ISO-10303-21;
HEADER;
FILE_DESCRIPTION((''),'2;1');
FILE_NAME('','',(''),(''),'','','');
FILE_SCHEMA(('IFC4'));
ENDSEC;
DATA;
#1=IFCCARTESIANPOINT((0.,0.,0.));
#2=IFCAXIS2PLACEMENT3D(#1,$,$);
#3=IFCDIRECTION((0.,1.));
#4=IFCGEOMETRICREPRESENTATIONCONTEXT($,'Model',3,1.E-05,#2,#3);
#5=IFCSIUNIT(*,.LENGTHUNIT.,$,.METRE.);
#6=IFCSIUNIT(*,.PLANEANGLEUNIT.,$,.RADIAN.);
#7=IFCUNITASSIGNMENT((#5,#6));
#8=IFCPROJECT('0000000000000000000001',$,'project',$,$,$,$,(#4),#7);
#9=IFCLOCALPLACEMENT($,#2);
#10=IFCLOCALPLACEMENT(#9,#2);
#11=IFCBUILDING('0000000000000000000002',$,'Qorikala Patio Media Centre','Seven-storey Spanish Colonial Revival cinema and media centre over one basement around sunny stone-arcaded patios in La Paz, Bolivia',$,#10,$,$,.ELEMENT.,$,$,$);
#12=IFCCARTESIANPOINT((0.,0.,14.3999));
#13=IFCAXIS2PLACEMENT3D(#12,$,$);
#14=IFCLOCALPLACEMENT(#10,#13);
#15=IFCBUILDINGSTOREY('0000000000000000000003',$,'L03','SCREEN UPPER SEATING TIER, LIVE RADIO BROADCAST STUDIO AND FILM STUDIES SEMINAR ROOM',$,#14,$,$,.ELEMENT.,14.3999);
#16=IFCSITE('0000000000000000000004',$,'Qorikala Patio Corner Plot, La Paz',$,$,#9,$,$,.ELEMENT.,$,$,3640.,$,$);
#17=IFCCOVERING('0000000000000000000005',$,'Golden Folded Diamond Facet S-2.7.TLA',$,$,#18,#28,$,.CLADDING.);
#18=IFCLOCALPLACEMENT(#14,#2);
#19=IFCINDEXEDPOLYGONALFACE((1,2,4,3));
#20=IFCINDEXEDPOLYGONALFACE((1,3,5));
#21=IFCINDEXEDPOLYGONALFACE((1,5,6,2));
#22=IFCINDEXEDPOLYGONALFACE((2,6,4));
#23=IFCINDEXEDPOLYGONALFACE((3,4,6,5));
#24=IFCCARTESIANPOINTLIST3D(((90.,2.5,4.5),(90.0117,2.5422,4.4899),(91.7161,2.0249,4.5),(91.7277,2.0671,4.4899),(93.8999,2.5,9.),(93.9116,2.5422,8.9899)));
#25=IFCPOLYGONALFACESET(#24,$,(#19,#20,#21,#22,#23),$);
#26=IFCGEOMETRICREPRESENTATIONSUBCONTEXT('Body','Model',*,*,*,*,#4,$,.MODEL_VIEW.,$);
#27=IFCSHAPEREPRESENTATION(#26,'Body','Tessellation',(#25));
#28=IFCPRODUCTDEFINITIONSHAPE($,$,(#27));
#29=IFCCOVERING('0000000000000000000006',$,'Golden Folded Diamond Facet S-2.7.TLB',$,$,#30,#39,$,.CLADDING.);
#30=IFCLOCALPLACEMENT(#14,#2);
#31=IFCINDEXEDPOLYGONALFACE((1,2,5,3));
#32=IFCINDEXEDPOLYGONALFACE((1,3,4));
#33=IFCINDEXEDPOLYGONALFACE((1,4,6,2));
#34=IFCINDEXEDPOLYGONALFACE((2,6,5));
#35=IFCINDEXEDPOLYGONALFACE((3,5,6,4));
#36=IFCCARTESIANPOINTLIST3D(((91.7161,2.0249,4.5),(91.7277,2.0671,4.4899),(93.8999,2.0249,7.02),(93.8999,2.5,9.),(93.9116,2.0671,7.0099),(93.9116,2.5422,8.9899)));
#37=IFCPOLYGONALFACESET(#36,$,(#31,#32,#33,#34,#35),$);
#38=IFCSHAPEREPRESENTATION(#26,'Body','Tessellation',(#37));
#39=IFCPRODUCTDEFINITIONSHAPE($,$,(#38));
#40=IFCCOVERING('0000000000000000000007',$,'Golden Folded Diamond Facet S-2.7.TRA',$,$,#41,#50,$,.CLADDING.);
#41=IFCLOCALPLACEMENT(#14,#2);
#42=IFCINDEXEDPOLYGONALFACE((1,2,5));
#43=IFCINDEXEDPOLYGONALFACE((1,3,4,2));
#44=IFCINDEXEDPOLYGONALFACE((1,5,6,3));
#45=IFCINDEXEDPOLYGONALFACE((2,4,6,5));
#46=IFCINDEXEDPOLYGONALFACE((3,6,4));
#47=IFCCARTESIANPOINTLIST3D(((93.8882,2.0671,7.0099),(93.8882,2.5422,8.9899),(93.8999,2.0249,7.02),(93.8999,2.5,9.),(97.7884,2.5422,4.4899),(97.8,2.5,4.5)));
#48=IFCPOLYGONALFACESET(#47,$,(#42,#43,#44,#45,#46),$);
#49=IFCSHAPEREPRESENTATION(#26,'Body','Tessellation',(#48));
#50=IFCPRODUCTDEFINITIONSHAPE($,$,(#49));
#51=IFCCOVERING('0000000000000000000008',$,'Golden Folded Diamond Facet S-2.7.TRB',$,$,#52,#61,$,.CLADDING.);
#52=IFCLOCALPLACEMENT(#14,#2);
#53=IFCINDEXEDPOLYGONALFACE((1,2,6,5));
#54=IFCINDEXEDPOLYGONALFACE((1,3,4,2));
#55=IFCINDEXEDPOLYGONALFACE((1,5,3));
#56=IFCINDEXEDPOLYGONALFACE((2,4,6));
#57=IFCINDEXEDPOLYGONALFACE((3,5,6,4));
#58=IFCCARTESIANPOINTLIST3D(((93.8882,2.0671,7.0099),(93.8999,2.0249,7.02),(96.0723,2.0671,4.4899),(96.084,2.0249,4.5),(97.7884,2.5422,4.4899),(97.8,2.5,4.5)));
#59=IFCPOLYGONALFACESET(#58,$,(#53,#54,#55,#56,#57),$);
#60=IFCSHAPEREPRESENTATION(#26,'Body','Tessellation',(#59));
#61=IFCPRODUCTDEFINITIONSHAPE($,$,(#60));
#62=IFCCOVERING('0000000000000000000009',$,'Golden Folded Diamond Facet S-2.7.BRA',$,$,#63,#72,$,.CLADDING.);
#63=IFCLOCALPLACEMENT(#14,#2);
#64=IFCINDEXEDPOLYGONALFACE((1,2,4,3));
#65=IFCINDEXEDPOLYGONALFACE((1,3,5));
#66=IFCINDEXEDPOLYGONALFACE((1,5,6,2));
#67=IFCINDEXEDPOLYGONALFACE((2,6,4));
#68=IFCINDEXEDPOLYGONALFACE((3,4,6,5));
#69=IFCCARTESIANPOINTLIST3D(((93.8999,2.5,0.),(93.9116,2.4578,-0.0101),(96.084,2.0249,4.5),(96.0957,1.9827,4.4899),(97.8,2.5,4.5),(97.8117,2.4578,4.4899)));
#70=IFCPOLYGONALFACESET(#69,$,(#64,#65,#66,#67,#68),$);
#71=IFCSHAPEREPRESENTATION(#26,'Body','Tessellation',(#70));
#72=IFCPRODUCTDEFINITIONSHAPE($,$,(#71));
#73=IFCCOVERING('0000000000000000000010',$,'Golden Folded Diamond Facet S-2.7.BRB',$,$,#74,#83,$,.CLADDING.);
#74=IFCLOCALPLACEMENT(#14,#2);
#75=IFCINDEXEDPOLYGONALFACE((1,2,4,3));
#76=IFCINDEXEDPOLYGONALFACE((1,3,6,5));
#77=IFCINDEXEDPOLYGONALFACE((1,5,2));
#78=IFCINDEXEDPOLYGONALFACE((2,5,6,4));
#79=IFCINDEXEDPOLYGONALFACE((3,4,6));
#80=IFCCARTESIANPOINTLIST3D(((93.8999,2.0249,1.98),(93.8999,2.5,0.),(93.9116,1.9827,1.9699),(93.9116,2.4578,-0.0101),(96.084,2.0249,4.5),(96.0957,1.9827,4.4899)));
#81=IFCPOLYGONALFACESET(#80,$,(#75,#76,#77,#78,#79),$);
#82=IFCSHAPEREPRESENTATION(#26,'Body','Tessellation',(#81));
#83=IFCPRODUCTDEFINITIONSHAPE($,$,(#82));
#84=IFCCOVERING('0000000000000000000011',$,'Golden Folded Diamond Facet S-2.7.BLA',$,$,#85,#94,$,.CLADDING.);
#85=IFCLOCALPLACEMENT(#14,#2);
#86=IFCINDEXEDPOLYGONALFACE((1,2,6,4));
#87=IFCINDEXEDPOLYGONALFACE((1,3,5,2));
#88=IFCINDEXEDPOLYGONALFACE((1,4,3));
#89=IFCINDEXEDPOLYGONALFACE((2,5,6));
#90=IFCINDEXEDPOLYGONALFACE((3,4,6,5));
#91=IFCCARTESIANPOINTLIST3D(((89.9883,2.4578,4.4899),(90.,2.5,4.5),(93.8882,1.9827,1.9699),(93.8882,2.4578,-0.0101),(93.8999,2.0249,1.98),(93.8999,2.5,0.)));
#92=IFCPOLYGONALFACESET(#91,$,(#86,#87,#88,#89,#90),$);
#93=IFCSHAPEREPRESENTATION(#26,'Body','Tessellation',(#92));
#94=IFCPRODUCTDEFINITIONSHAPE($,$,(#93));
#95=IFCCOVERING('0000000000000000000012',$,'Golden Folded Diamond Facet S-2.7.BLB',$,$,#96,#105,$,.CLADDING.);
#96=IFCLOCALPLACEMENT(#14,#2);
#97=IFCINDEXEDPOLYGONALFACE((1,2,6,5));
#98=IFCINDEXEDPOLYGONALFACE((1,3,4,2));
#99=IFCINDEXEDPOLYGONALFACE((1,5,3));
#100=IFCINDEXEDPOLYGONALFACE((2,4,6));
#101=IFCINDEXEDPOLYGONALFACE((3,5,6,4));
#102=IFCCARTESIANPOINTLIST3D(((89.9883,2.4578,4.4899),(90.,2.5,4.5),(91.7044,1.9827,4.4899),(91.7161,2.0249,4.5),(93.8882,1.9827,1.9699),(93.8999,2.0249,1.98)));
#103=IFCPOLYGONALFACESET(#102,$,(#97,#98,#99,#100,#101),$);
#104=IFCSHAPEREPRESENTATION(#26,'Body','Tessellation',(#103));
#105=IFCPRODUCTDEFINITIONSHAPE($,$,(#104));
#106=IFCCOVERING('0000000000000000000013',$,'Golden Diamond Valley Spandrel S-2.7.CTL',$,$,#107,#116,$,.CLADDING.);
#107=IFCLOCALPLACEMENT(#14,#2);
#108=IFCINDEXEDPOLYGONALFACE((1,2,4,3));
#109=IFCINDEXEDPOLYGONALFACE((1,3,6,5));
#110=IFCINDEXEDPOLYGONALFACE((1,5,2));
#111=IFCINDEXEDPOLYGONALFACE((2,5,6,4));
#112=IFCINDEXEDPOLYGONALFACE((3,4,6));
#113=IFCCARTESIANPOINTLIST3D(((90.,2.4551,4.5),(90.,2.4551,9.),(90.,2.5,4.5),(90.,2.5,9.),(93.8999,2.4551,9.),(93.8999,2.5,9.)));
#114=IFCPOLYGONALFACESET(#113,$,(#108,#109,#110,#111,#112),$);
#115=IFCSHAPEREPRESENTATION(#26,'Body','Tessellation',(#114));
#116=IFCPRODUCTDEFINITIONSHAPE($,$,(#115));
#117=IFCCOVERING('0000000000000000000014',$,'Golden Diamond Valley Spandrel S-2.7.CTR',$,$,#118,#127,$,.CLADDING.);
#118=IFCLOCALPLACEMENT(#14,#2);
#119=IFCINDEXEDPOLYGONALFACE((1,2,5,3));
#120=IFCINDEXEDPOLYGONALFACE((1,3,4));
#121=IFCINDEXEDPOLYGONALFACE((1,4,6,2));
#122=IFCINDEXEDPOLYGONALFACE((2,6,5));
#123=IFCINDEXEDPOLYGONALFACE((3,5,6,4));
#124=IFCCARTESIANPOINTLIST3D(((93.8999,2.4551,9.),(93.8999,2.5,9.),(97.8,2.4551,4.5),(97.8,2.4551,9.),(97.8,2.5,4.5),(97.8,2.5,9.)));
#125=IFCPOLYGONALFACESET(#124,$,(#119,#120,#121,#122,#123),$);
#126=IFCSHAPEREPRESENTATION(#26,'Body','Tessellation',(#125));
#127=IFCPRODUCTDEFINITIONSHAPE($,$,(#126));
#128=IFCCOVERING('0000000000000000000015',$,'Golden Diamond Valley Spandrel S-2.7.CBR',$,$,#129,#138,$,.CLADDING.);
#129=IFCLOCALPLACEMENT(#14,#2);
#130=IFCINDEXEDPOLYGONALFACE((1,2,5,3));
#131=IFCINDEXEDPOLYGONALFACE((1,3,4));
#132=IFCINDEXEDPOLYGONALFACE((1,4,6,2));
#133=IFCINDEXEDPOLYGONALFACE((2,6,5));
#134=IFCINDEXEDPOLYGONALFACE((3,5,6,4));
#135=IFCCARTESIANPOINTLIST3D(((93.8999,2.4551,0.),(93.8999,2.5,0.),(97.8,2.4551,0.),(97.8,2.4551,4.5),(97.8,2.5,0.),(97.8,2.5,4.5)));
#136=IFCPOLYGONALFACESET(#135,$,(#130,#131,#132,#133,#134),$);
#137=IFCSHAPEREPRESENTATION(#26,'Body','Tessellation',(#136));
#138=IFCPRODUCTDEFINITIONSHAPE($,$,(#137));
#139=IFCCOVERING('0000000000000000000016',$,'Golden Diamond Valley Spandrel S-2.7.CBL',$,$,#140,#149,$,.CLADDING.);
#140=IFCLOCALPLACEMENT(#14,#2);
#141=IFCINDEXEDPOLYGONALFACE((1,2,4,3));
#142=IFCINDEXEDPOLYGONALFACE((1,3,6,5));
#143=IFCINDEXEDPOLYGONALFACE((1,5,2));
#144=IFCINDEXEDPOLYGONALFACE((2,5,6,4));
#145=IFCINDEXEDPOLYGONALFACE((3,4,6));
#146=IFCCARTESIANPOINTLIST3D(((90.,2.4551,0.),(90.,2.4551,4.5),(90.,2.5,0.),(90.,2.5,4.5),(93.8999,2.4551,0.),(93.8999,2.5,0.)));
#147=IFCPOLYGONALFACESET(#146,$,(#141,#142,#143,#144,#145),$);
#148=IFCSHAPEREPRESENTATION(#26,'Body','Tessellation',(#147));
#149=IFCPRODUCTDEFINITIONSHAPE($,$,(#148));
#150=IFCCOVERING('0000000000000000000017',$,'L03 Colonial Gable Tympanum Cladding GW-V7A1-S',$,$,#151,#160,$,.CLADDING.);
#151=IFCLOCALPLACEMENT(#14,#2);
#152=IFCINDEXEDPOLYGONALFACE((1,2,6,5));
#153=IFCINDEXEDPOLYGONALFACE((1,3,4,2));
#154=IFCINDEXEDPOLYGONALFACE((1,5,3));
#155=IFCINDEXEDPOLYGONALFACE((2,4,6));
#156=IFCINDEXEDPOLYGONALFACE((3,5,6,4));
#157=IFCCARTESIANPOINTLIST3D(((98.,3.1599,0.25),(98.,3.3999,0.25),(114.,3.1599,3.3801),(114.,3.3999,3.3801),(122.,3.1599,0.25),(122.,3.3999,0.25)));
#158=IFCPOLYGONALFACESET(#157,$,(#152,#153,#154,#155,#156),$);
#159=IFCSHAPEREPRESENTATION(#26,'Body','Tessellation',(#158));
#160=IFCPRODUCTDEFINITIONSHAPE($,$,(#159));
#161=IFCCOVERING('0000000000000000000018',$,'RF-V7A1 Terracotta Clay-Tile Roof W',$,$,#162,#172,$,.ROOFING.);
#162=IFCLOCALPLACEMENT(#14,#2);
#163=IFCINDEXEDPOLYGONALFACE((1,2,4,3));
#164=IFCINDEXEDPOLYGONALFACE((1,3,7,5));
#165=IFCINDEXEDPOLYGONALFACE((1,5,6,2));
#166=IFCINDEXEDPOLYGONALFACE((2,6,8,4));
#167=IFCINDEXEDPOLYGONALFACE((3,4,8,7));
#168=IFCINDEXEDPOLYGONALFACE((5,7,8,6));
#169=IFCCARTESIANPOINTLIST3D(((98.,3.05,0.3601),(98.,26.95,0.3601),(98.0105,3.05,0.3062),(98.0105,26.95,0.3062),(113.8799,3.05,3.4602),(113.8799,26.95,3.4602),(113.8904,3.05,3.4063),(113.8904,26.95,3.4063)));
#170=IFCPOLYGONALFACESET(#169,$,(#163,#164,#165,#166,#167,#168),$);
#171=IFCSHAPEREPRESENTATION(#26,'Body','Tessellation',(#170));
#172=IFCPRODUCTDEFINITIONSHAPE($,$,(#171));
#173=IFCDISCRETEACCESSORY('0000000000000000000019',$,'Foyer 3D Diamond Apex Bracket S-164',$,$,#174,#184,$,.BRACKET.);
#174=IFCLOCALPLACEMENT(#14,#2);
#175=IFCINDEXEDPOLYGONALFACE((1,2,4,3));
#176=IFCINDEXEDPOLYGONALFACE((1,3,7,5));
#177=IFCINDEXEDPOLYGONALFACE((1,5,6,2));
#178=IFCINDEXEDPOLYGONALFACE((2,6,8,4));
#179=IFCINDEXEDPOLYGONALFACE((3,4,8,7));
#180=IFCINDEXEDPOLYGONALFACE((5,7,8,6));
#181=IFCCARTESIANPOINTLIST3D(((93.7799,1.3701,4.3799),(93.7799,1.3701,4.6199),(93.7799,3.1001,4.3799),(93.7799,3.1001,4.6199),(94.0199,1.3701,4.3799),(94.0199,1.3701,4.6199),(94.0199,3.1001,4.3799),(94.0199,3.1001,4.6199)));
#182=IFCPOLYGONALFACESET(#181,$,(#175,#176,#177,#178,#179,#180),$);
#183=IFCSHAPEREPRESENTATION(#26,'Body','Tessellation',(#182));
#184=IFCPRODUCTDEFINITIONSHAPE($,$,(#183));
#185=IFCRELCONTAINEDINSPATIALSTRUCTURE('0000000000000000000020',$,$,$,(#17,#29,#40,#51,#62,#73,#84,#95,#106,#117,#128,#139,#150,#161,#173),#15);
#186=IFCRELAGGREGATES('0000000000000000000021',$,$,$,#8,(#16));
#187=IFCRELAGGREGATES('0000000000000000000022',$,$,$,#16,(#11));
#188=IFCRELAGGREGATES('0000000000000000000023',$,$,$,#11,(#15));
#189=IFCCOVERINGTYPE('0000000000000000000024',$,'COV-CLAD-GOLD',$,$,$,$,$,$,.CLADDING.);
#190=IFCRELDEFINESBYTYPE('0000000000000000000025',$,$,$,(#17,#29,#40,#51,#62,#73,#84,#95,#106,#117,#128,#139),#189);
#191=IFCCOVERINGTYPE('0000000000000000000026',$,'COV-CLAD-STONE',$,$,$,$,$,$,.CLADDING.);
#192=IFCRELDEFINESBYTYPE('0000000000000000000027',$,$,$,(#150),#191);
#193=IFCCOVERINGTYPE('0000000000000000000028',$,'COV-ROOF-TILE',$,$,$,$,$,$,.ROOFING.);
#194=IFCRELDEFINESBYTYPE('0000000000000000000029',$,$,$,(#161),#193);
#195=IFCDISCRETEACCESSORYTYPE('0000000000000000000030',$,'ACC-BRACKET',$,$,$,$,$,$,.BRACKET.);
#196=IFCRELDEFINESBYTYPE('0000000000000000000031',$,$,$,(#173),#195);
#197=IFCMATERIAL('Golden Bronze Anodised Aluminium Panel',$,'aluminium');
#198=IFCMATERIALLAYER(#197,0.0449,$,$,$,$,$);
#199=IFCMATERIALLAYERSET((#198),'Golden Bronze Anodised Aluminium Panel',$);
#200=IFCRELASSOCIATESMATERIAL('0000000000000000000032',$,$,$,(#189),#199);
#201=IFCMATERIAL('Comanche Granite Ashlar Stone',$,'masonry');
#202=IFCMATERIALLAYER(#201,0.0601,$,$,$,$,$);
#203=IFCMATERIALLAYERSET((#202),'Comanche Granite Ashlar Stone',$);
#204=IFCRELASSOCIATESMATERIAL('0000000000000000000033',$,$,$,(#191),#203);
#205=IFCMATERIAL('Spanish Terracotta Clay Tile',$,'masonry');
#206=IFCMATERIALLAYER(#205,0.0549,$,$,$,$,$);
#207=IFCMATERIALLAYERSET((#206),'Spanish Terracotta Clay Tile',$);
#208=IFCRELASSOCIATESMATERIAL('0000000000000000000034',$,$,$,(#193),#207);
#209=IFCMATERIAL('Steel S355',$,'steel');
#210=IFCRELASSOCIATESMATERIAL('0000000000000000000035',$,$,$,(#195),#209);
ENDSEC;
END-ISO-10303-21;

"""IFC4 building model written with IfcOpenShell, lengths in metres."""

from ifc_helpers import new_model, si_unit, direction, frame, origin, origin_2d, place, context, subcontext, project, spatial, polyline, rectangle, outline, extrude, material, layer, layer_set, type_object, element, save


model = new_model("IFC4")

# Units and contexts
model_context = context("Model", 3, precision=1e-05, world=origin(), true_north=direction((0.0, 1.0)))
body_context = subcontext(model_context, "Body", "Model", "MODEL_VIEW")
ifc_project = project(units=[si_unit("LENGTHUNIT", "METRE"), si_unit("PLANEANGLEUNIT", "RADIAN")], contexts=[model_context])

# Site, building, storey
site_placement = place(None, origin())
site = spatial("IfcSite", under=ifc_project, at=site_placement, Name="Qorikala Patio Corner Plot, La Paz", CompositionType="ELEMENT", RefElevation=3640.0)
building_placement = place(site_placement, origin())
building = spatial("IfcBuilding", under=site, at=building_placement, Name="Qorikala Patio Media Centre", Description="Seven-storey Spanish Colonial Revival cinema and media centre over one basement around sunny stone-arcaded patios in La Paz, Bolivia", CompositionType="ELEMENT")
storey_placement = place(building_placement, frame((0.0, 0.0, 14.3999)))
storey = spatial("IfcBuildingStorey", under=building, at=storey_placement, Name="L03", Description="SCREEN UPPER SEATING TIER, LIVE RADIO BROADCAST STUDIO AND FILM STUDIES SEMINAR ROOM", CompositionType="ELEMENT", Elevation=14.3999)

# Shared definitions
ifc_material_1 = material(Name="Steel S355", Category="steel")

# Coverings
ifc_material_2 = material(Name="Golden Bronze Anodised Aluminium Panel", Category="aluminium")
ifc_layer_1 = layer(ifc_material_2, 0.0449)
ifc_layer_set_1 = layer_set([ifc_layer_1], Name="Golden Bronze Anodised Aluminium Panel")
covering_type_1 = type_object("IfcCoveringType", Name="COV-CLAD-GOLD", PredefinedType="CLADDING", material=ifc_layer_set_1)
covering_1_placement = place(storey_placement, frame((93.8999, 2.5, 9.0), z_axis=(-0.259957, -0.938971, 0.22529), x_axis=(-0.654921, 0.0, -0.755697)))
element("IfcCovering", 1, at=covering_1_placement, inside=storey, type_object=covering_type_1, Name="Golden Folded Diamond Facet S-2.7.TLA", PredefinedType="CLADDING", context=body_context, shape_type="SweptSolid", body=[
    extrude(outline(polyline([(0.0, 0.0), (5.9548, 0.0), (4.8309, 1.3811), (0.0, 0.0)])), origin(), (0.0, 0.0, -1.0), 0.0449),
])
covering_2_placement = place(storey_placement, frame((93.8999, 2.5, 9.0), z_axis=(-0.259987, -0.938959, 0.225304), x_axis=(-0.434644, -0.094558, -0.895625)))
element("IfcCovering", 2, at=covering_2_placement, inside=storey, type_object=covering_type_1, Name="Golden Folded Diamond Facet S-2.7.TLB", PredefinedType="CLADDING", context=body_context, shape_type="SweptSolid", body=[
    extrude(outline(polyline([(0.0, 0.0), (5.0244, 0.0), (1.8182, 0.9165), (0.0, 0.0)])), origin(), (0.0, 0.0, -1.0), 0.0449),
])
covering_3_placement = place(storey_placement, frame((97.8, 2.5, 4.5), z_axis=(0.259958, -0.938967, 0.225306), x_axis=(-0.654945, 0.0, 0.755677)))
element("IfcCovering", 3, at=covering_3_placement, inside=storey, type_object=covering_type_1, Name="Golden Folded Diamond Facet S-2.7.TRA", PredefinedType="CLADDING", context=body_context, shape_type="SweptSolid", body=[
    extrude(outline(polyline([(0.0, 0.0), (5.9549, 0.0), (4.4587, 1.3811), (0.0, 0.0)])), origin(), (0.0, 0.0, -1.0), 0.0449),
])
covering_4_placement = place(storey_placement, frame((97.8, 2.5, 4.5), z_axis=(0.259956, -0.938968, 0.225302), x_axis=(-0.835562, -0.101784, 0.539885)))
element("IfcCovering", 4, at=covering_4_placement, inside=storey, type_object=covering_type_1, Name="Golden Folded Diamond Facet S-2.7.TRB", PredefinedType="CLADDING", context=body_context, shape_type="SweptSolid", body=[
    extrude(outline(polyline([(0.0, 0.0), (4.6677, 0.0), (1.4822, 0.9867), (0.0, 0.0)])), origin(), (0.0, 0.0, -1.0), 0.0449),
])
covering_5_placement = place(storey_placement, frame((93.8999, 2.5, 0.0), z_axis=(-0.259956, 0.938968, 0.225304), x_axis=(0.654945, 0.0, 0.755677)))
element("IfcCovering", 5, at=covering_5_placement, inside=storey, type_object=covering_type_1, Name="Golden Folded Diamond Facet S-2.7.BRA", PredefinedType="CLADDING", context=body_context, shape_type="SweptSolid", body=[
    extrude(outline(polyline([(0.0, 0.0), (5.9549, 0.0), (4.831, -1.3811), (0.0, 0.0)])), origin(), (0.0, 0.0, -1.0), 0.0449),
])
covering_6_placement = place(storey_placement, frame((93.8999, 2.5, 0.0), z_axis=(-0.25996, 0.938966, 0.225306), x_axis=(0.434684, -0.094556, 0.895606)))
element("IfcCovering", 6, at=covering_6_placement, inside=storey, type_object=covering_type_1, Name="Golden Folded Diamond Facet S-2.7.BRB", PredefinedType="CLADDING", context=body_context, shape_type="SweptSolid", body=[
    extrude(outline(polyline([(0.0, 0.0), (5.0245, 0.0), (1.8182, -0.9166), (0.0, 0.0)])), origin(), (0.0, 0.0, -1.0), 0.0449),
])
covering_7_placement = place(storey_placement, frame((90.0, 2.5, 4.5), z_axis=(0.259974, 0.938963, 0.225305), x_axis=(0.654921, 0.0, -0.755697)))
element("IfcCovering", 7, at=covering_7_placement, inside=storey, type_object=covering_type_1, Name="Golden Folded Diamond Facet S-2.7.BLA", PredefinedType="CLADDING", context=body_context, shape_type="SweptSolid", body=[
    extrude(outline(polyline([(0.0, 0.0), (5.9548, 0.0), (4.4585, -1.381), (0.0, 0.0)])), origin(), (0.0, 0.0, -1.0), 0.0449),
])
covering_8_placement = place(storey_placement, frame((90.0, 2.5, 4.5), z_axis=(0.259958, 0.938974, 0.225278), x_axis=(0.835546, -0.101789, -0.539909)))
element("IfcCovering", 8, at=covering_8_placement, inside=storey, type_object=covering_type_1, Name="Golden Folded Diamond Facet S-2.7.BLB", PredefinedType="CLADDING", context=body_context, shape_type="SweptSolid", body=[
    extrude(outline(polyline([(0.0, 0.0), (4.6675, 0.0), (1.4822, -0.9867), (0.0, 0.0)])), origin(), (0.0, 0.0, -1.0), 0.0449),
])
covering_9_placement = place(storey_placement, frame((90.0, 2.5, 9.0), z_axis=(0.0, 1.0, 0.0), x_axis=(1.0, 0.0, 0.0)))
element("IfcCovering", 9, at=covering_9_placement, inside=storey, type_object=covering_type_1, Name="Golden Diamond Valley Spandrel S-2.7.CTL", PredefinedType="CLADDING", context=body_context, shape_type="SweptSolid", body=[
    extrude(outline(polyline([(0.0, 0.0), (3.8999, 0.0), (0.0, 4.5), (0.0, 0.0)])), origin(), (0.0, 0.0, -1.0), 0.0449),
])
covering_10_placement = place(storey_placement, frame((97.8, 2.5, 9.0), z_axis=(0.0, 1.0, 0.0), x_axis=(0.0, 0.0, -1.0)))
element("IfcCovering", 10, at=covering_10_placement, inside=storey, type_object=covering_type_1, Name="Golden Diamond Valley Spandrel S-2.7.CTR", PredefinedType="CLADDING", context=body_context, shape_type="SweptSolid", body=[
    extrude(outline(polyline([(0.0, 0.0), (4.5, 0.0), (0.0, 3.9001), (0.0, 0.0)])), origin(), (0.0, 0.0, -1.0), 0.0449),
])
covering_11_placement = place(storey_placement, frame((97.8, 2.5, 0.0), z_axis=(0.0, 1.0, 0.0), x_axis=(-1.0, 0.0, 0.0)))
element("IfcCovering", 11, at=covering_11_placement, inside=storey, type_object=covering_type_1, Name="Golden Diamond Valley Spandrel S-2.7.CBR", PredefinedType="CLADDING", context=body_context, shape_type="SweptSolid", body=[
    extrude(outline(polyline([(0.0, 0.0), (3.9001, 0.0), (0.0, 4.5), (0.0, 0.0)])), origin(), (0.0, 0.0, -1.0), 0.0449),
])
covering_12_placement = place(storey_placement, frame((90.0, 2.5, 0.0), z_axis=(0.0, 1.0, 0.0), x_axis=(0.0, 0.0, 1.0)))
element("IfcCovering", 12, at=covering_12_placement, inside=storey, type_object=covering_type_1, Name="Golden Diamond Valley Spandrel S-2.7.CBL", PredefinedType="CLADDING", context=body_context, shape_type="SweptSolid", body=[
    extrude(outline(polyline([(0.0, 0.0), (4.5, 0.0), (0.0, 3.8999), (0.0, 0.0)])), origin(), (0.0, 0.0, -1.0), 0.0449),
])
ifc_material_3 = material(Name="Comanche Granite Ashlar Stone", Category="masonry")
ifc_layer_2 = layer(ifc_material_3, 0.0601)
ifc_layer_set_2 = layer_set([ifc_layer_2], Name="Comanche Granite Ashlar Stone")
covering_type_2 = type_object("IfcCoveringType", Name="COV-CLAD-STONE", PredefinedType="CLADDING", material=ifc_layer_set_2)
covering_13_placement = place(storey_placement, frame((98.0, 3.1599, 0.25), z_axis=(0.0, -1.0, 0.0), x_axis=(1.0, 0.0, 0.0)))
element("IfcCovering", 13, at=covering_13_placement, inside=storey, type_object=covering_type_2, Name="L03 Colonial Gable Tympanum Cladding GW-V7A1-S", PredefinedType="CLADDING", context=body_context, shape_type="SweptSolid", body=[
    extrude(outline(polyline([(0.0, 0.0), (24.0, 0.0), (16.0, 3.1301), (0.0, 0.0)])), origin(), (0.0, 0.0, -1.0), 0.24),
])
ifc_material_4 = material(Name="Spanish Terracotta Clay Tile", Category="masonry")
ifc_layer_3 = layer(ifc_material_4, 0.0549)
ifc_layer_set_3 = layer_set([ifc_layer_3], Name="Spanish Terracotta Clay Tile")
covering_type_3 = type_object("IfcCoveringType", Name="COV-ROOF-TILE", PredefinedType="ROOFING", material=ifc_layer_set_3)
covering_14_placement = place(storey_placement, frame((98.0, 3.05, 0.3601), z_axis=(-0.191605, 0.0, 0.981472), x_axis=(0.981472, 0.0, 0.191605)))
element("IfcCovering", 14, at=covering_14_placement, inside=storey, type_object=covering_type_3, Name="RF-V7A1 Terracotta Clay-Tile Roof W", PredefinedType="ROOFING", context=body_context, shape_type="SweptSolid", body=[
    extrude(outline(polyline([(0.0, 0.0), (16.1797, 0.0), (16.1797, 23.8999), (0.0, 23.8999), (0.0, 0.0)])), origin(), (0.0, 0.0, -1.0), 0.0549),
])

# Discrete accessory
discrete_accessory_type = type_object("IfcDiscreteAccessoryType", Name="ACC-BRACKET", PredefinedType="BRACKET", material=ifc_material_1)
discrete_accessory_placement = place(storey_placement, frame((93.8999, 2.2351, 4.3799), z_axis=(0.0, 0.0, 1.0), x_axis=(1.0, 0.0, 0.0)))
element("IfcDiscreteAccessory", 15, at=discrete_accessory_placement, inside=storey, type_object=discrete_accessory_type, Name="Foyer 3D Diamond Apex Bracket S-164", PredefinedType="BRACKET", context=body_context, shape_type="SweptSolid", body=[
    extrude(rectangle(XDim=0.24, YDim=1.73, at=origin_2d()), origin(), (0.0, 0.0, 1.0), 0.24),
])

save(model, "model.ifc")
